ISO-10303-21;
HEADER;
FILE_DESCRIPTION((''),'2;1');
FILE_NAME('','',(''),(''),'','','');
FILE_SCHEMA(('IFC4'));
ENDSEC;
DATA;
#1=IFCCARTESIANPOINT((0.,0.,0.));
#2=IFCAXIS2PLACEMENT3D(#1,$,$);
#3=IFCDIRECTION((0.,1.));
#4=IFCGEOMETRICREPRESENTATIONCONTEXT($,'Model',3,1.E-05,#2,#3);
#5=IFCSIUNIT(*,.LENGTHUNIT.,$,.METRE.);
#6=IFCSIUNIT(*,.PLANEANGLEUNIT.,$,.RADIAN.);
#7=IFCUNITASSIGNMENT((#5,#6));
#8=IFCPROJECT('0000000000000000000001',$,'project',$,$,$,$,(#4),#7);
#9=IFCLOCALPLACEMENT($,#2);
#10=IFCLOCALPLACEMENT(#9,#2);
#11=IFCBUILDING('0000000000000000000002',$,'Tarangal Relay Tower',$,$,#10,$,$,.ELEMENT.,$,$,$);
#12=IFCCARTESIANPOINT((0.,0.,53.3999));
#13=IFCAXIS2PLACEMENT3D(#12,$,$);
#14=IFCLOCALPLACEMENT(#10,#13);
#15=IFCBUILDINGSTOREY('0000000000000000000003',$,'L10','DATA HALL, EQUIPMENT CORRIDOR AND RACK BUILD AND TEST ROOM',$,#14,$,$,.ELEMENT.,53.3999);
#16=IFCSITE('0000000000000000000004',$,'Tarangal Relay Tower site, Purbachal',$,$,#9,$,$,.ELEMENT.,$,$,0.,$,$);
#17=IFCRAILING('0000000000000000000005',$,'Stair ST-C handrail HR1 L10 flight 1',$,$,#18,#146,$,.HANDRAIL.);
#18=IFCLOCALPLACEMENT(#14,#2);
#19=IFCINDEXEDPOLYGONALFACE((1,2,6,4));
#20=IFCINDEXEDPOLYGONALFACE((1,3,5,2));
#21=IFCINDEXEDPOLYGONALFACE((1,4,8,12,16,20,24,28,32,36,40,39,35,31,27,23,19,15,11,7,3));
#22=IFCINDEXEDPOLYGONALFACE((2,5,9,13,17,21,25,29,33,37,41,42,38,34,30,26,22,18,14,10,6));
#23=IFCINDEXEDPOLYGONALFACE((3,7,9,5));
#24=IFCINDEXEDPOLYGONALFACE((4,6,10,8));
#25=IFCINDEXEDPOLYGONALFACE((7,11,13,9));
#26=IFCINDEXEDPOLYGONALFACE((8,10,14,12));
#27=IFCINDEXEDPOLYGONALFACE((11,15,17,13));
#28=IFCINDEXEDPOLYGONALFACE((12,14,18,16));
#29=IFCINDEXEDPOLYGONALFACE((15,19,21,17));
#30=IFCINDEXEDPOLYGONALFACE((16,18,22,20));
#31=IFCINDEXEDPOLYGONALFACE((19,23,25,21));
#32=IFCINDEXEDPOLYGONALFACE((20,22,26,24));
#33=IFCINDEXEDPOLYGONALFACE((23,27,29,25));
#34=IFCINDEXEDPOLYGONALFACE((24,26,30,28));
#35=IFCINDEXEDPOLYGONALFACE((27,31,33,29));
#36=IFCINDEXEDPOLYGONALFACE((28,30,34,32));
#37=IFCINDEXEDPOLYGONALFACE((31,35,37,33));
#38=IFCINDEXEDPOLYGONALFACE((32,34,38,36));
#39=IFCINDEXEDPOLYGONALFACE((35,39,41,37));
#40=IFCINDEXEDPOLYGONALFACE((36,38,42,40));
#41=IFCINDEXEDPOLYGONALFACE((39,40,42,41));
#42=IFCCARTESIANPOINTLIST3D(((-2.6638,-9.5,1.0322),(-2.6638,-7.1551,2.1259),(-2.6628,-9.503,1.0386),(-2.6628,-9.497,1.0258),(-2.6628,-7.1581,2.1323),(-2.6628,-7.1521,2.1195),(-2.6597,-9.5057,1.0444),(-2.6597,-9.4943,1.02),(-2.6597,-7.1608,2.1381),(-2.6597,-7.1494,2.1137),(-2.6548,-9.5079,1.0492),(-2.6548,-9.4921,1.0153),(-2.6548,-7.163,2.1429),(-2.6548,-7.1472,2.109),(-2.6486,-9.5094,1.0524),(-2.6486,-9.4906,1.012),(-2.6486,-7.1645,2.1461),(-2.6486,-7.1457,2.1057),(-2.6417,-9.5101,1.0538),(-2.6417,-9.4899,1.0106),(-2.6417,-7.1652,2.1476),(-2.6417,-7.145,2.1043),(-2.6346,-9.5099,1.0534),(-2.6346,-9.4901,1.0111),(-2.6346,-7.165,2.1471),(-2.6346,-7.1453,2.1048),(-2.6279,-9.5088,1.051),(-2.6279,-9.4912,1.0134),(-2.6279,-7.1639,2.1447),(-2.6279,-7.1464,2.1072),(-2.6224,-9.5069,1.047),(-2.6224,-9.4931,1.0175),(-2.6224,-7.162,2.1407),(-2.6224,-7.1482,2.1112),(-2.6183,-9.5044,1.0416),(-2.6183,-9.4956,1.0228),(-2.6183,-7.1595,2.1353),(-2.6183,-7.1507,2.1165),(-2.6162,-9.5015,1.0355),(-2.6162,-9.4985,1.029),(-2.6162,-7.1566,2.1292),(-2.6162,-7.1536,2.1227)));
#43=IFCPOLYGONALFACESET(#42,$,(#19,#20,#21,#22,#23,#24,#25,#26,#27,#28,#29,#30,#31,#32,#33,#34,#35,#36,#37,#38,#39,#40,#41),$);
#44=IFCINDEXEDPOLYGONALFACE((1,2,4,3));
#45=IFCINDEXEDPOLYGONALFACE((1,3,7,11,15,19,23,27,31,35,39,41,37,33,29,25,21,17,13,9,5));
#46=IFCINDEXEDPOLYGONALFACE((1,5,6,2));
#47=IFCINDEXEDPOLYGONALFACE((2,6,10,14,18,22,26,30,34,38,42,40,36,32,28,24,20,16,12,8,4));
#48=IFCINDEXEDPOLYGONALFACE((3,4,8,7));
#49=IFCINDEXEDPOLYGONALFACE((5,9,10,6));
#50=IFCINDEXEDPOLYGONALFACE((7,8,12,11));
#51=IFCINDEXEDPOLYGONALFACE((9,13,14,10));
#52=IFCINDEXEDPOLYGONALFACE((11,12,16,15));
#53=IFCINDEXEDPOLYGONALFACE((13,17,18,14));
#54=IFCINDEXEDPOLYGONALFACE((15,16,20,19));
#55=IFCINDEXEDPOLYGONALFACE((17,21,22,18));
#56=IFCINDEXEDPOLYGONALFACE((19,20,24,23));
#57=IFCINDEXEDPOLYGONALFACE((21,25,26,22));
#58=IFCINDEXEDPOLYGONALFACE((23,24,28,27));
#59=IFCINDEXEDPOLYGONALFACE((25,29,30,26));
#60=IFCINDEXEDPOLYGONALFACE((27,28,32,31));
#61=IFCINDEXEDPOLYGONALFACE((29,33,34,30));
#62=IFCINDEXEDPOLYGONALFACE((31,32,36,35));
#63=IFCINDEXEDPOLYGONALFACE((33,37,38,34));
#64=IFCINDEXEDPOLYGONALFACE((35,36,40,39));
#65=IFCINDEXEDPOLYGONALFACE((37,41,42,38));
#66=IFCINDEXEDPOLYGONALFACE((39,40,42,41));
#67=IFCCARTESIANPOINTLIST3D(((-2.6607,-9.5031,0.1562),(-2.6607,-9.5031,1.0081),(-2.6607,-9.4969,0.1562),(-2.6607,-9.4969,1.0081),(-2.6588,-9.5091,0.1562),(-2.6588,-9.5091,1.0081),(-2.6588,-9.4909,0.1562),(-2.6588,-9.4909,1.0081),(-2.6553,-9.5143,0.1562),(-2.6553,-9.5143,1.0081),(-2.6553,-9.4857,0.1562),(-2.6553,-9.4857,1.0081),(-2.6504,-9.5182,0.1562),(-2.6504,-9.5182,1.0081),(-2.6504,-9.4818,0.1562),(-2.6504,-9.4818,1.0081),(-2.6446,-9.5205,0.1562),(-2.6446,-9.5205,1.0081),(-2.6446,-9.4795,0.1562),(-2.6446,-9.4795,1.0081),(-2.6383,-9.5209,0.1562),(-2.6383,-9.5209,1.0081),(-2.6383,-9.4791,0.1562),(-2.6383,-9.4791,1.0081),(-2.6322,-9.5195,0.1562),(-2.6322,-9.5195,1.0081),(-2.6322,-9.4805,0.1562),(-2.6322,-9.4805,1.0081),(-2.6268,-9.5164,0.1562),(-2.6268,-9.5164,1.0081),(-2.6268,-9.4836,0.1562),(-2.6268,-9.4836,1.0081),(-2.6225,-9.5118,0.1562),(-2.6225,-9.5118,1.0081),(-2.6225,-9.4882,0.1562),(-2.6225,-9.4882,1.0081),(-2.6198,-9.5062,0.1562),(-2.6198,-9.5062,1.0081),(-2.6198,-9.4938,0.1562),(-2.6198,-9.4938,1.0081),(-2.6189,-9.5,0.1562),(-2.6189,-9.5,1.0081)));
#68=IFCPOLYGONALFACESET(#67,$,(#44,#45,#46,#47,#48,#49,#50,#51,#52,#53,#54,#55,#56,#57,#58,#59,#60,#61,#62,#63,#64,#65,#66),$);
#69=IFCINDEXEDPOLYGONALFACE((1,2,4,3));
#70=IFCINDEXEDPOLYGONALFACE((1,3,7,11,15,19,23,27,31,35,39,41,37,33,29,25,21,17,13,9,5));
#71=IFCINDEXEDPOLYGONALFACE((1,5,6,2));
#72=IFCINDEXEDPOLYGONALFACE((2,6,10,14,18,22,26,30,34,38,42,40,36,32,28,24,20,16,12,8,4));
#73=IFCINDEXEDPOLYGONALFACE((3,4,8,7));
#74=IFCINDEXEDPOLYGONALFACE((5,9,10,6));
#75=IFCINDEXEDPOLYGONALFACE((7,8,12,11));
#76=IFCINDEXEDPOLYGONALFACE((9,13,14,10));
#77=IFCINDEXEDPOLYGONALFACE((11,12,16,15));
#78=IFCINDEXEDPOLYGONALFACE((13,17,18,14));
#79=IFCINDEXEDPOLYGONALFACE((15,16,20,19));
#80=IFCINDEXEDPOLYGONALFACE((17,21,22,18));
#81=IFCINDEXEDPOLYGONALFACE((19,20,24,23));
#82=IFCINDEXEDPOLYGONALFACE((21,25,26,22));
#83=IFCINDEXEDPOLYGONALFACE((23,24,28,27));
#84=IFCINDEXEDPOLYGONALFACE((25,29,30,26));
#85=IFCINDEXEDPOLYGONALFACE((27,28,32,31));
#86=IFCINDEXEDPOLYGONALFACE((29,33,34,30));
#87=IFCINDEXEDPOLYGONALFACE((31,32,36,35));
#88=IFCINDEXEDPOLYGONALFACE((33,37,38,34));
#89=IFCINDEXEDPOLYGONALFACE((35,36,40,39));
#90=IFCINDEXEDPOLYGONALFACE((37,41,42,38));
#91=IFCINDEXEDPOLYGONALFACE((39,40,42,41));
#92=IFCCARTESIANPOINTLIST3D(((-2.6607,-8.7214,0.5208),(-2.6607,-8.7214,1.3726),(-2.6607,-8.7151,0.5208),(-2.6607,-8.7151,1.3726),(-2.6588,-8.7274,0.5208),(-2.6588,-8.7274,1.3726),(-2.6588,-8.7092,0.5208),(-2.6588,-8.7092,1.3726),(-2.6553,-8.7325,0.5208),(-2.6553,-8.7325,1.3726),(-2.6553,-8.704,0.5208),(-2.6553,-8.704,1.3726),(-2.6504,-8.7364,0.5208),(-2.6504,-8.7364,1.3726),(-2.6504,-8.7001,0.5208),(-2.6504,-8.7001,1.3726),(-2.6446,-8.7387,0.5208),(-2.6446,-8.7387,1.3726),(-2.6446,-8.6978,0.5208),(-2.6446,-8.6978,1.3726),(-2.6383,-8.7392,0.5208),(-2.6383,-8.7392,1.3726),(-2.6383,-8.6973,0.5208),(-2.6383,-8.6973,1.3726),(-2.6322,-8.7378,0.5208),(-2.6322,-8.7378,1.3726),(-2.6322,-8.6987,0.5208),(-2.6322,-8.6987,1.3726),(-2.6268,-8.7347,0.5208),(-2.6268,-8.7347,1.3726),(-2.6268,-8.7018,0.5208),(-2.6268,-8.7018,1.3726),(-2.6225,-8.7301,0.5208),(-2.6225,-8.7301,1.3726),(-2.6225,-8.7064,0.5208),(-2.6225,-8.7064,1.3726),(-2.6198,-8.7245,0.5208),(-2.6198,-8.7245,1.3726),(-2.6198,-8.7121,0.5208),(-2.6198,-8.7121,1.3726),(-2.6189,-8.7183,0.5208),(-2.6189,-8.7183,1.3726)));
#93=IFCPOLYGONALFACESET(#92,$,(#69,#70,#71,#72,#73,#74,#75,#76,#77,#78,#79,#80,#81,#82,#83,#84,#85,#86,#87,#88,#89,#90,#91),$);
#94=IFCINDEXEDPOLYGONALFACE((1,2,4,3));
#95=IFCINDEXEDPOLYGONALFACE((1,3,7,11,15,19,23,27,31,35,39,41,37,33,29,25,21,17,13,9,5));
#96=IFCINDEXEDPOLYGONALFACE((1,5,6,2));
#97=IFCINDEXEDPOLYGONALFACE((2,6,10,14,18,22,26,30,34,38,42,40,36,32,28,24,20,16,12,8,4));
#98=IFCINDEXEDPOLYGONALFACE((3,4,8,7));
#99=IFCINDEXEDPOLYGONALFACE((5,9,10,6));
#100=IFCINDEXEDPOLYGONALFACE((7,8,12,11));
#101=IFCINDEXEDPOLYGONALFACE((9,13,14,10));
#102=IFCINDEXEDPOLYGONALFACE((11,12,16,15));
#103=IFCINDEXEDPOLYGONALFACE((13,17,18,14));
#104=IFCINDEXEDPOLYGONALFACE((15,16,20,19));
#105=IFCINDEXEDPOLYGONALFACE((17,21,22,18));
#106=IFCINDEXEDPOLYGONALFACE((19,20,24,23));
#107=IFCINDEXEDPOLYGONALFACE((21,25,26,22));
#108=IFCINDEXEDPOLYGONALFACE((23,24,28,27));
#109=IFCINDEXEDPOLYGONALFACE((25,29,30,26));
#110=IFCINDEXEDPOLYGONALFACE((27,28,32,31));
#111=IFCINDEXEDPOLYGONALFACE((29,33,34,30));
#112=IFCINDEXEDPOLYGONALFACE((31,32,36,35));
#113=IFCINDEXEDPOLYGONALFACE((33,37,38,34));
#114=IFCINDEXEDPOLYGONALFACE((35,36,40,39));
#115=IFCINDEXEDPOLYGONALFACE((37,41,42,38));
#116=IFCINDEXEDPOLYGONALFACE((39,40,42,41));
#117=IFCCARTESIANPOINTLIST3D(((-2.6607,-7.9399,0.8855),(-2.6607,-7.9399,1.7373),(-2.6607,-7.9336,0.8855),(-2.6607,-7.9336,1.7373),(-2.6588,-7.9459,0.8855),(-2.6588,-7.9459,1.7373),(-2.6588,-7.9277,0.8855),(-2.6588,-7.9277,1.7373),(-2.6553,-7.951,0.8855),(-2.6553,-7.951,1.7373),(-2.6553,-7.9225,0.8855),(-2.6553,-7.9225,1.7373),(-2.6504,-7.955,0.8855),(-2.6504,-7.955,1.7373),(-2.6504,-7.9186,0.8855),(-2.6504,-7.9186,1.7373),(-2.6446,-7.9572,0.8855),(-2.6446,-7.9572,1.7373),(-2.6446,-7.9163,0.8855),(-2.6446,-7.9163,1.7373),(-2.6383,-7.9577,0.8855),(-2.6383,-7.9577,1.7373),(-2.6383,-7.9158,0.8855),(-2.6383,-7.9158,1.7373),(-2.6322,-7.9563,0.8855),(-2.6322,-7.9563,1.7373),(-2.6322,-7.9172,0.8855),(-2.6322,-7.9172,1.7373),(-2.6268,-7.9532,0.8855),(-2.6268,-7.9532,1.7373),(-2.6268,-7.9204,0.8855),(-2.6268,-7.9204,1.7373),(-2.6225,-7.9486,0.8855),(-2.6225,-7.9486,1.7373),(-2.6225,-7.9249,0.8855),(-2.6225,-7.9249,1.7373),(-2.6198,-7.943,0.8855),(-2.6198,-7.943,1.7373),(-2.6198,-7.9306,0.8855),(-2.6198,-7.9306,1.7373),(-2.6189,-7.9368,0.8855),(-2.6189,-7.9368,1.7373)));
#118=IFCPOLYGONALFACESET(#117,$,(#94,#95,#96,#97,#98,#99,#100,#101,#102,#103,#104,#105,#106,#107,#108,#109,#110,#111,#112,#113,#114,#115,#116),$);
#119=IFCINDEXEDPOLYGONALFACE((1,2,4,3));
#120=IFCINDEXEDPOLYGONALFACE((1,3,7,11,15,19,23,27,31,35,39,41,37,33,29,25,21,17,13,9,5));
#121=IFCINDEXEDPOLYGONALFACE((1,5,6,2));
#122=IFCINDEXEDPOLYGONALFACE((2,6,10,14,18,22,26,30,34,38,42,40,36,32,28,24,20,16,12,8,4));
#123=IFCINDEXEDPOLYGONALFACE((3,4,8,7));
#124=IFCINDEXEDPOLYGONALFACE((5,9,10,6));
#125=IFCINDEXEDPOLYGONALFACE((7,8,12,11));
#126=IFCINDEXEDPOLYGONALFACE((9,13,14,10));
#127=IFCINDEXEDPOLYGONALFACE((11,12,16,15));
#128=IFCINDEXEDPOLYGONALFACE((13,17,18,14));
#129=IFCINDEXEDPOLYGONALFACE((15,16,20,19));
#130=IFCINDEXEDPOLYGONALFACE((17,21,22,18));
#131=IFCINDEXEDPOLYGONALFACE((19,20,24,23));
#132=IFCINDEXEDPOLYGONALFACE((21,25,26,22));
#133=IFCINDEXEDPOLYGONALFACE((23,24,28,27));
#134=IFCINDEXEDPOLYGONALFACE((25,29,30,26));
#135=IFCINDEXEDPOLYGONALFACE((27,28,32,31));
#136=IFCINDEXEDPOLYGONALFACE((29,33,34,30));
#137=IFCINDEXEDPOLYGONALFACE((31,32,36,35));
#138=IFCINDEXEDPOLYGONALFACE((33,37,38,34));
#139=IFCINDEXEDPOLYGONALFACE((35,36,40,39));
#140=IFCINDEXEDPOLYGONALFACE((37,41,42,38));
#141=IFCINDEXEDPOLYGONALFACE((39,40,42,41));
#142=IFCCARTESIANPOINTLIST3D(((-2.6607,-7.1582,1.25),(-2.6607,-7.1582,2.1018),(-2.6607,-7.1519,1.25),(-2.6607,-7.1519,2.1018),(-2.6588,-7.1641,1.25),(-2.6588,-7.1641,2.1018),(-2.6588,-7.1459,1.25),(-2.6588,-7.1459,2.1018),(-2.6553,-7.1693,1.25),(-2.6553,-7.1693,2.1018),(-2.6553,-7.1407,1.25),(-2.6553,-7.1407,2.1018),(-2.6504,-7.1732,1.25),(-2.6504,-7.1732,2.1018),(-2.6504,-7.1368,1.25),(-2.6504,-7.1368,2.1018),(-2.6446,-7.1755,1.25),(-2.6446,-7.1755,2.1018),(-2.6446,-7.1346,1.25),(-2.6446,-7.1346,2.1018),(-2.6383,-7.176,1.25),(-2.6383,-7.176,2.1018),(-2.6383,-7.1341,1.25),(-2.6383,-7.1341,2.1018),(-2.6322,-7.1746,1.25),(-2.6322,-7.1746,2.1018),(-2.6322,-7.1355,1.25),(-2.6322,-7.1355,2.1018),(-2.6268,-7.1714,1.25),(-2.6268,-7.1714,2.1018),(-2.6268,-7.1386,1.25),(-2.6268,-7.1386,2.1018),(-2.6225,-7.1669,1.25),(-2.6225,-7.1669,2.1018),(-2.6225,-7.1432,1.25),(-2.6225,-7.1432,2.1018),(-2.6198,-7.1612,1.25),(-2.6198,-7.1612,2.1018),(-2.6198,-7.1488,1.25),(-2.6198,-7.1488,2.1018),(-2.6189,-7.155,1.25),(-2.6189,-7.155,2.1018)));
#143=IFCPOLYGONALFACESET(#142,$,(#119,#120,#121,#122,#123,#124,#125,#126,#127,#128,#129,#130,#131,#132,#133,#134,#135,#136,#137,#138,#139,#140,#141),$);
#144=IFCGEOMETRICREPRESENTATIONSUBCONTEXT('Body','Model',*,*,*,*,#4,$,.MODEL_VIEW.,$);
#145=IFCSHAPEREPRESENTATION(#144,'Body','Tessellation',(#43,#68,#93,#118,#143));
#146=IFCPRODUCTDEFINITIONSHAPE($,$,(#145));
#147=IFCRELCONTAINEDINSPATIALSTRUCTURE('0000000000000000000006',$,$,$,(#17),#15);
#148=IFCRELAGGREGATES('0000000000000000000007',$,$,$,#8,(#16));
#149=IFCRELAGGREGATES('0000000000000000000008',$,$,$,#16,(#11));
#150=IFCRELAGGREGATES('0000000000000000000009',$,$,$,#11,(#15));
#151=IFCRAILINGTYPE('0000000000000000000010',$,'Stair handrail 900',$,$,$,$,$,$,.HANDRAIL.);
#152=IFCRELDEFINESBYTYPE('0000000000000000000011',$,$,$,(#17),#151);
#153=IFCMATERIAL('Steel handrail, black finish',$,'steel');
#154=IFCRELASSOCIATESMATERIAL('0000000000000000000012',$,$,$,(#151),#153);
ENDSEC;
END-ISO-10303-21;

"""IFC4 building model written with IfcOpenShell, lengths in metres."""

from ifc_helpers import new_model, si_unit, direction, frame, origin, origin_2d, place, context, subcontext, project, spatial, circle, extrude, material, type_object, element, save


model = new_model("IFC4")

# Units and contexts
model_context = context("Model", 3, precision=1e-05, world=origin(), true_north=direction((0.0, 1.0)))
body_context = subcontext(model_context, "Body", "Model", "MODEL_VIEW")
ifc_project = project(units=[si_unit("LENGTHUNIT", "METRE"), si_unit("PLANEANGLEUNIT", "RADIAN")], contexts=[model_context])

# Site, building, storey
site_placement = place(None, origin())
site = spatial("IfcSite", under=ifc_project, at=site_placement, Name="Tarangal Relay Tower site, Purbachal", CompositionType="ELEMENT", RefElevation=0.0)
building_placement = place(site_placement, origin())
building = spatial("IfcBuilding", under=site, at=building_placement, Name="Tarangal Relay Tower", CompositionType="ELEMENT")
storey_placement = place(building_placement, frame((0.0, 0.0, 53.3999)))
storey = spatial("IfcBuildingStorey", under=building, at=storey_placement, Name="L10", Description="DATA HALL, EQUIPMENT CORRIDOR AND RACK BUILD AND TEST ROOM", CompositionType="ELEMENT", Elevation=53.3999)

# Railing
ifc_material_1 = material(Name="Steel handrail, black finish", Category="steel")
railing_type_1 = type_object("IfcRailingType", Name="Stair handrail 900", PredefinedType="HANDRAIL", material=ifc_material_1)
for number, where, name in (
    (1, (-2.6399, -9.5, 0.1562), "Stair ST-C handrail HR1 L10 flight 1"),
):
    element("IfcRailing", number, at=place(storey_placement, frame(where)), inside=storey, type_object=railing_type_1, Name=name, PredefinedType="HANDRAIL", context=body_context, shape_type="SweptSolid", body=[
        extrude(circle(Radius=0.0239, at=origin_2d()), frame((0.0, 0.0, 0.876), z_axis=(0.0, 0.906267, 0.422705), x_axis=(-1.0, 0.0, 0.0)), (0.0, 0.0, 1.0), 2.5874),
        extrude(circle(Radius=0.021, at=origin_2d()), origin(), (0.0, 0.0, 1.0), 0.8518),
        extrude(circle(Radius=0.021, at=origin_2d()), frame((0.0, 0.7817, 0.3645)), (0.0, 0.0, 1.0), 0.8518),
        extrude(circle(Radius=0.021, at=origin_2d()), frame((0.0, 1.5632, 0.7292)), (0.0, 0.0, 1.0), 0.8518),
        extrude(circle(Radius=0.021, at=origin_2d()), frame((0.0, 2.345, 1.0938)), (0.0, 0.0, 1.0), 0.8518),
    ])

save(model, "model.ifc")
